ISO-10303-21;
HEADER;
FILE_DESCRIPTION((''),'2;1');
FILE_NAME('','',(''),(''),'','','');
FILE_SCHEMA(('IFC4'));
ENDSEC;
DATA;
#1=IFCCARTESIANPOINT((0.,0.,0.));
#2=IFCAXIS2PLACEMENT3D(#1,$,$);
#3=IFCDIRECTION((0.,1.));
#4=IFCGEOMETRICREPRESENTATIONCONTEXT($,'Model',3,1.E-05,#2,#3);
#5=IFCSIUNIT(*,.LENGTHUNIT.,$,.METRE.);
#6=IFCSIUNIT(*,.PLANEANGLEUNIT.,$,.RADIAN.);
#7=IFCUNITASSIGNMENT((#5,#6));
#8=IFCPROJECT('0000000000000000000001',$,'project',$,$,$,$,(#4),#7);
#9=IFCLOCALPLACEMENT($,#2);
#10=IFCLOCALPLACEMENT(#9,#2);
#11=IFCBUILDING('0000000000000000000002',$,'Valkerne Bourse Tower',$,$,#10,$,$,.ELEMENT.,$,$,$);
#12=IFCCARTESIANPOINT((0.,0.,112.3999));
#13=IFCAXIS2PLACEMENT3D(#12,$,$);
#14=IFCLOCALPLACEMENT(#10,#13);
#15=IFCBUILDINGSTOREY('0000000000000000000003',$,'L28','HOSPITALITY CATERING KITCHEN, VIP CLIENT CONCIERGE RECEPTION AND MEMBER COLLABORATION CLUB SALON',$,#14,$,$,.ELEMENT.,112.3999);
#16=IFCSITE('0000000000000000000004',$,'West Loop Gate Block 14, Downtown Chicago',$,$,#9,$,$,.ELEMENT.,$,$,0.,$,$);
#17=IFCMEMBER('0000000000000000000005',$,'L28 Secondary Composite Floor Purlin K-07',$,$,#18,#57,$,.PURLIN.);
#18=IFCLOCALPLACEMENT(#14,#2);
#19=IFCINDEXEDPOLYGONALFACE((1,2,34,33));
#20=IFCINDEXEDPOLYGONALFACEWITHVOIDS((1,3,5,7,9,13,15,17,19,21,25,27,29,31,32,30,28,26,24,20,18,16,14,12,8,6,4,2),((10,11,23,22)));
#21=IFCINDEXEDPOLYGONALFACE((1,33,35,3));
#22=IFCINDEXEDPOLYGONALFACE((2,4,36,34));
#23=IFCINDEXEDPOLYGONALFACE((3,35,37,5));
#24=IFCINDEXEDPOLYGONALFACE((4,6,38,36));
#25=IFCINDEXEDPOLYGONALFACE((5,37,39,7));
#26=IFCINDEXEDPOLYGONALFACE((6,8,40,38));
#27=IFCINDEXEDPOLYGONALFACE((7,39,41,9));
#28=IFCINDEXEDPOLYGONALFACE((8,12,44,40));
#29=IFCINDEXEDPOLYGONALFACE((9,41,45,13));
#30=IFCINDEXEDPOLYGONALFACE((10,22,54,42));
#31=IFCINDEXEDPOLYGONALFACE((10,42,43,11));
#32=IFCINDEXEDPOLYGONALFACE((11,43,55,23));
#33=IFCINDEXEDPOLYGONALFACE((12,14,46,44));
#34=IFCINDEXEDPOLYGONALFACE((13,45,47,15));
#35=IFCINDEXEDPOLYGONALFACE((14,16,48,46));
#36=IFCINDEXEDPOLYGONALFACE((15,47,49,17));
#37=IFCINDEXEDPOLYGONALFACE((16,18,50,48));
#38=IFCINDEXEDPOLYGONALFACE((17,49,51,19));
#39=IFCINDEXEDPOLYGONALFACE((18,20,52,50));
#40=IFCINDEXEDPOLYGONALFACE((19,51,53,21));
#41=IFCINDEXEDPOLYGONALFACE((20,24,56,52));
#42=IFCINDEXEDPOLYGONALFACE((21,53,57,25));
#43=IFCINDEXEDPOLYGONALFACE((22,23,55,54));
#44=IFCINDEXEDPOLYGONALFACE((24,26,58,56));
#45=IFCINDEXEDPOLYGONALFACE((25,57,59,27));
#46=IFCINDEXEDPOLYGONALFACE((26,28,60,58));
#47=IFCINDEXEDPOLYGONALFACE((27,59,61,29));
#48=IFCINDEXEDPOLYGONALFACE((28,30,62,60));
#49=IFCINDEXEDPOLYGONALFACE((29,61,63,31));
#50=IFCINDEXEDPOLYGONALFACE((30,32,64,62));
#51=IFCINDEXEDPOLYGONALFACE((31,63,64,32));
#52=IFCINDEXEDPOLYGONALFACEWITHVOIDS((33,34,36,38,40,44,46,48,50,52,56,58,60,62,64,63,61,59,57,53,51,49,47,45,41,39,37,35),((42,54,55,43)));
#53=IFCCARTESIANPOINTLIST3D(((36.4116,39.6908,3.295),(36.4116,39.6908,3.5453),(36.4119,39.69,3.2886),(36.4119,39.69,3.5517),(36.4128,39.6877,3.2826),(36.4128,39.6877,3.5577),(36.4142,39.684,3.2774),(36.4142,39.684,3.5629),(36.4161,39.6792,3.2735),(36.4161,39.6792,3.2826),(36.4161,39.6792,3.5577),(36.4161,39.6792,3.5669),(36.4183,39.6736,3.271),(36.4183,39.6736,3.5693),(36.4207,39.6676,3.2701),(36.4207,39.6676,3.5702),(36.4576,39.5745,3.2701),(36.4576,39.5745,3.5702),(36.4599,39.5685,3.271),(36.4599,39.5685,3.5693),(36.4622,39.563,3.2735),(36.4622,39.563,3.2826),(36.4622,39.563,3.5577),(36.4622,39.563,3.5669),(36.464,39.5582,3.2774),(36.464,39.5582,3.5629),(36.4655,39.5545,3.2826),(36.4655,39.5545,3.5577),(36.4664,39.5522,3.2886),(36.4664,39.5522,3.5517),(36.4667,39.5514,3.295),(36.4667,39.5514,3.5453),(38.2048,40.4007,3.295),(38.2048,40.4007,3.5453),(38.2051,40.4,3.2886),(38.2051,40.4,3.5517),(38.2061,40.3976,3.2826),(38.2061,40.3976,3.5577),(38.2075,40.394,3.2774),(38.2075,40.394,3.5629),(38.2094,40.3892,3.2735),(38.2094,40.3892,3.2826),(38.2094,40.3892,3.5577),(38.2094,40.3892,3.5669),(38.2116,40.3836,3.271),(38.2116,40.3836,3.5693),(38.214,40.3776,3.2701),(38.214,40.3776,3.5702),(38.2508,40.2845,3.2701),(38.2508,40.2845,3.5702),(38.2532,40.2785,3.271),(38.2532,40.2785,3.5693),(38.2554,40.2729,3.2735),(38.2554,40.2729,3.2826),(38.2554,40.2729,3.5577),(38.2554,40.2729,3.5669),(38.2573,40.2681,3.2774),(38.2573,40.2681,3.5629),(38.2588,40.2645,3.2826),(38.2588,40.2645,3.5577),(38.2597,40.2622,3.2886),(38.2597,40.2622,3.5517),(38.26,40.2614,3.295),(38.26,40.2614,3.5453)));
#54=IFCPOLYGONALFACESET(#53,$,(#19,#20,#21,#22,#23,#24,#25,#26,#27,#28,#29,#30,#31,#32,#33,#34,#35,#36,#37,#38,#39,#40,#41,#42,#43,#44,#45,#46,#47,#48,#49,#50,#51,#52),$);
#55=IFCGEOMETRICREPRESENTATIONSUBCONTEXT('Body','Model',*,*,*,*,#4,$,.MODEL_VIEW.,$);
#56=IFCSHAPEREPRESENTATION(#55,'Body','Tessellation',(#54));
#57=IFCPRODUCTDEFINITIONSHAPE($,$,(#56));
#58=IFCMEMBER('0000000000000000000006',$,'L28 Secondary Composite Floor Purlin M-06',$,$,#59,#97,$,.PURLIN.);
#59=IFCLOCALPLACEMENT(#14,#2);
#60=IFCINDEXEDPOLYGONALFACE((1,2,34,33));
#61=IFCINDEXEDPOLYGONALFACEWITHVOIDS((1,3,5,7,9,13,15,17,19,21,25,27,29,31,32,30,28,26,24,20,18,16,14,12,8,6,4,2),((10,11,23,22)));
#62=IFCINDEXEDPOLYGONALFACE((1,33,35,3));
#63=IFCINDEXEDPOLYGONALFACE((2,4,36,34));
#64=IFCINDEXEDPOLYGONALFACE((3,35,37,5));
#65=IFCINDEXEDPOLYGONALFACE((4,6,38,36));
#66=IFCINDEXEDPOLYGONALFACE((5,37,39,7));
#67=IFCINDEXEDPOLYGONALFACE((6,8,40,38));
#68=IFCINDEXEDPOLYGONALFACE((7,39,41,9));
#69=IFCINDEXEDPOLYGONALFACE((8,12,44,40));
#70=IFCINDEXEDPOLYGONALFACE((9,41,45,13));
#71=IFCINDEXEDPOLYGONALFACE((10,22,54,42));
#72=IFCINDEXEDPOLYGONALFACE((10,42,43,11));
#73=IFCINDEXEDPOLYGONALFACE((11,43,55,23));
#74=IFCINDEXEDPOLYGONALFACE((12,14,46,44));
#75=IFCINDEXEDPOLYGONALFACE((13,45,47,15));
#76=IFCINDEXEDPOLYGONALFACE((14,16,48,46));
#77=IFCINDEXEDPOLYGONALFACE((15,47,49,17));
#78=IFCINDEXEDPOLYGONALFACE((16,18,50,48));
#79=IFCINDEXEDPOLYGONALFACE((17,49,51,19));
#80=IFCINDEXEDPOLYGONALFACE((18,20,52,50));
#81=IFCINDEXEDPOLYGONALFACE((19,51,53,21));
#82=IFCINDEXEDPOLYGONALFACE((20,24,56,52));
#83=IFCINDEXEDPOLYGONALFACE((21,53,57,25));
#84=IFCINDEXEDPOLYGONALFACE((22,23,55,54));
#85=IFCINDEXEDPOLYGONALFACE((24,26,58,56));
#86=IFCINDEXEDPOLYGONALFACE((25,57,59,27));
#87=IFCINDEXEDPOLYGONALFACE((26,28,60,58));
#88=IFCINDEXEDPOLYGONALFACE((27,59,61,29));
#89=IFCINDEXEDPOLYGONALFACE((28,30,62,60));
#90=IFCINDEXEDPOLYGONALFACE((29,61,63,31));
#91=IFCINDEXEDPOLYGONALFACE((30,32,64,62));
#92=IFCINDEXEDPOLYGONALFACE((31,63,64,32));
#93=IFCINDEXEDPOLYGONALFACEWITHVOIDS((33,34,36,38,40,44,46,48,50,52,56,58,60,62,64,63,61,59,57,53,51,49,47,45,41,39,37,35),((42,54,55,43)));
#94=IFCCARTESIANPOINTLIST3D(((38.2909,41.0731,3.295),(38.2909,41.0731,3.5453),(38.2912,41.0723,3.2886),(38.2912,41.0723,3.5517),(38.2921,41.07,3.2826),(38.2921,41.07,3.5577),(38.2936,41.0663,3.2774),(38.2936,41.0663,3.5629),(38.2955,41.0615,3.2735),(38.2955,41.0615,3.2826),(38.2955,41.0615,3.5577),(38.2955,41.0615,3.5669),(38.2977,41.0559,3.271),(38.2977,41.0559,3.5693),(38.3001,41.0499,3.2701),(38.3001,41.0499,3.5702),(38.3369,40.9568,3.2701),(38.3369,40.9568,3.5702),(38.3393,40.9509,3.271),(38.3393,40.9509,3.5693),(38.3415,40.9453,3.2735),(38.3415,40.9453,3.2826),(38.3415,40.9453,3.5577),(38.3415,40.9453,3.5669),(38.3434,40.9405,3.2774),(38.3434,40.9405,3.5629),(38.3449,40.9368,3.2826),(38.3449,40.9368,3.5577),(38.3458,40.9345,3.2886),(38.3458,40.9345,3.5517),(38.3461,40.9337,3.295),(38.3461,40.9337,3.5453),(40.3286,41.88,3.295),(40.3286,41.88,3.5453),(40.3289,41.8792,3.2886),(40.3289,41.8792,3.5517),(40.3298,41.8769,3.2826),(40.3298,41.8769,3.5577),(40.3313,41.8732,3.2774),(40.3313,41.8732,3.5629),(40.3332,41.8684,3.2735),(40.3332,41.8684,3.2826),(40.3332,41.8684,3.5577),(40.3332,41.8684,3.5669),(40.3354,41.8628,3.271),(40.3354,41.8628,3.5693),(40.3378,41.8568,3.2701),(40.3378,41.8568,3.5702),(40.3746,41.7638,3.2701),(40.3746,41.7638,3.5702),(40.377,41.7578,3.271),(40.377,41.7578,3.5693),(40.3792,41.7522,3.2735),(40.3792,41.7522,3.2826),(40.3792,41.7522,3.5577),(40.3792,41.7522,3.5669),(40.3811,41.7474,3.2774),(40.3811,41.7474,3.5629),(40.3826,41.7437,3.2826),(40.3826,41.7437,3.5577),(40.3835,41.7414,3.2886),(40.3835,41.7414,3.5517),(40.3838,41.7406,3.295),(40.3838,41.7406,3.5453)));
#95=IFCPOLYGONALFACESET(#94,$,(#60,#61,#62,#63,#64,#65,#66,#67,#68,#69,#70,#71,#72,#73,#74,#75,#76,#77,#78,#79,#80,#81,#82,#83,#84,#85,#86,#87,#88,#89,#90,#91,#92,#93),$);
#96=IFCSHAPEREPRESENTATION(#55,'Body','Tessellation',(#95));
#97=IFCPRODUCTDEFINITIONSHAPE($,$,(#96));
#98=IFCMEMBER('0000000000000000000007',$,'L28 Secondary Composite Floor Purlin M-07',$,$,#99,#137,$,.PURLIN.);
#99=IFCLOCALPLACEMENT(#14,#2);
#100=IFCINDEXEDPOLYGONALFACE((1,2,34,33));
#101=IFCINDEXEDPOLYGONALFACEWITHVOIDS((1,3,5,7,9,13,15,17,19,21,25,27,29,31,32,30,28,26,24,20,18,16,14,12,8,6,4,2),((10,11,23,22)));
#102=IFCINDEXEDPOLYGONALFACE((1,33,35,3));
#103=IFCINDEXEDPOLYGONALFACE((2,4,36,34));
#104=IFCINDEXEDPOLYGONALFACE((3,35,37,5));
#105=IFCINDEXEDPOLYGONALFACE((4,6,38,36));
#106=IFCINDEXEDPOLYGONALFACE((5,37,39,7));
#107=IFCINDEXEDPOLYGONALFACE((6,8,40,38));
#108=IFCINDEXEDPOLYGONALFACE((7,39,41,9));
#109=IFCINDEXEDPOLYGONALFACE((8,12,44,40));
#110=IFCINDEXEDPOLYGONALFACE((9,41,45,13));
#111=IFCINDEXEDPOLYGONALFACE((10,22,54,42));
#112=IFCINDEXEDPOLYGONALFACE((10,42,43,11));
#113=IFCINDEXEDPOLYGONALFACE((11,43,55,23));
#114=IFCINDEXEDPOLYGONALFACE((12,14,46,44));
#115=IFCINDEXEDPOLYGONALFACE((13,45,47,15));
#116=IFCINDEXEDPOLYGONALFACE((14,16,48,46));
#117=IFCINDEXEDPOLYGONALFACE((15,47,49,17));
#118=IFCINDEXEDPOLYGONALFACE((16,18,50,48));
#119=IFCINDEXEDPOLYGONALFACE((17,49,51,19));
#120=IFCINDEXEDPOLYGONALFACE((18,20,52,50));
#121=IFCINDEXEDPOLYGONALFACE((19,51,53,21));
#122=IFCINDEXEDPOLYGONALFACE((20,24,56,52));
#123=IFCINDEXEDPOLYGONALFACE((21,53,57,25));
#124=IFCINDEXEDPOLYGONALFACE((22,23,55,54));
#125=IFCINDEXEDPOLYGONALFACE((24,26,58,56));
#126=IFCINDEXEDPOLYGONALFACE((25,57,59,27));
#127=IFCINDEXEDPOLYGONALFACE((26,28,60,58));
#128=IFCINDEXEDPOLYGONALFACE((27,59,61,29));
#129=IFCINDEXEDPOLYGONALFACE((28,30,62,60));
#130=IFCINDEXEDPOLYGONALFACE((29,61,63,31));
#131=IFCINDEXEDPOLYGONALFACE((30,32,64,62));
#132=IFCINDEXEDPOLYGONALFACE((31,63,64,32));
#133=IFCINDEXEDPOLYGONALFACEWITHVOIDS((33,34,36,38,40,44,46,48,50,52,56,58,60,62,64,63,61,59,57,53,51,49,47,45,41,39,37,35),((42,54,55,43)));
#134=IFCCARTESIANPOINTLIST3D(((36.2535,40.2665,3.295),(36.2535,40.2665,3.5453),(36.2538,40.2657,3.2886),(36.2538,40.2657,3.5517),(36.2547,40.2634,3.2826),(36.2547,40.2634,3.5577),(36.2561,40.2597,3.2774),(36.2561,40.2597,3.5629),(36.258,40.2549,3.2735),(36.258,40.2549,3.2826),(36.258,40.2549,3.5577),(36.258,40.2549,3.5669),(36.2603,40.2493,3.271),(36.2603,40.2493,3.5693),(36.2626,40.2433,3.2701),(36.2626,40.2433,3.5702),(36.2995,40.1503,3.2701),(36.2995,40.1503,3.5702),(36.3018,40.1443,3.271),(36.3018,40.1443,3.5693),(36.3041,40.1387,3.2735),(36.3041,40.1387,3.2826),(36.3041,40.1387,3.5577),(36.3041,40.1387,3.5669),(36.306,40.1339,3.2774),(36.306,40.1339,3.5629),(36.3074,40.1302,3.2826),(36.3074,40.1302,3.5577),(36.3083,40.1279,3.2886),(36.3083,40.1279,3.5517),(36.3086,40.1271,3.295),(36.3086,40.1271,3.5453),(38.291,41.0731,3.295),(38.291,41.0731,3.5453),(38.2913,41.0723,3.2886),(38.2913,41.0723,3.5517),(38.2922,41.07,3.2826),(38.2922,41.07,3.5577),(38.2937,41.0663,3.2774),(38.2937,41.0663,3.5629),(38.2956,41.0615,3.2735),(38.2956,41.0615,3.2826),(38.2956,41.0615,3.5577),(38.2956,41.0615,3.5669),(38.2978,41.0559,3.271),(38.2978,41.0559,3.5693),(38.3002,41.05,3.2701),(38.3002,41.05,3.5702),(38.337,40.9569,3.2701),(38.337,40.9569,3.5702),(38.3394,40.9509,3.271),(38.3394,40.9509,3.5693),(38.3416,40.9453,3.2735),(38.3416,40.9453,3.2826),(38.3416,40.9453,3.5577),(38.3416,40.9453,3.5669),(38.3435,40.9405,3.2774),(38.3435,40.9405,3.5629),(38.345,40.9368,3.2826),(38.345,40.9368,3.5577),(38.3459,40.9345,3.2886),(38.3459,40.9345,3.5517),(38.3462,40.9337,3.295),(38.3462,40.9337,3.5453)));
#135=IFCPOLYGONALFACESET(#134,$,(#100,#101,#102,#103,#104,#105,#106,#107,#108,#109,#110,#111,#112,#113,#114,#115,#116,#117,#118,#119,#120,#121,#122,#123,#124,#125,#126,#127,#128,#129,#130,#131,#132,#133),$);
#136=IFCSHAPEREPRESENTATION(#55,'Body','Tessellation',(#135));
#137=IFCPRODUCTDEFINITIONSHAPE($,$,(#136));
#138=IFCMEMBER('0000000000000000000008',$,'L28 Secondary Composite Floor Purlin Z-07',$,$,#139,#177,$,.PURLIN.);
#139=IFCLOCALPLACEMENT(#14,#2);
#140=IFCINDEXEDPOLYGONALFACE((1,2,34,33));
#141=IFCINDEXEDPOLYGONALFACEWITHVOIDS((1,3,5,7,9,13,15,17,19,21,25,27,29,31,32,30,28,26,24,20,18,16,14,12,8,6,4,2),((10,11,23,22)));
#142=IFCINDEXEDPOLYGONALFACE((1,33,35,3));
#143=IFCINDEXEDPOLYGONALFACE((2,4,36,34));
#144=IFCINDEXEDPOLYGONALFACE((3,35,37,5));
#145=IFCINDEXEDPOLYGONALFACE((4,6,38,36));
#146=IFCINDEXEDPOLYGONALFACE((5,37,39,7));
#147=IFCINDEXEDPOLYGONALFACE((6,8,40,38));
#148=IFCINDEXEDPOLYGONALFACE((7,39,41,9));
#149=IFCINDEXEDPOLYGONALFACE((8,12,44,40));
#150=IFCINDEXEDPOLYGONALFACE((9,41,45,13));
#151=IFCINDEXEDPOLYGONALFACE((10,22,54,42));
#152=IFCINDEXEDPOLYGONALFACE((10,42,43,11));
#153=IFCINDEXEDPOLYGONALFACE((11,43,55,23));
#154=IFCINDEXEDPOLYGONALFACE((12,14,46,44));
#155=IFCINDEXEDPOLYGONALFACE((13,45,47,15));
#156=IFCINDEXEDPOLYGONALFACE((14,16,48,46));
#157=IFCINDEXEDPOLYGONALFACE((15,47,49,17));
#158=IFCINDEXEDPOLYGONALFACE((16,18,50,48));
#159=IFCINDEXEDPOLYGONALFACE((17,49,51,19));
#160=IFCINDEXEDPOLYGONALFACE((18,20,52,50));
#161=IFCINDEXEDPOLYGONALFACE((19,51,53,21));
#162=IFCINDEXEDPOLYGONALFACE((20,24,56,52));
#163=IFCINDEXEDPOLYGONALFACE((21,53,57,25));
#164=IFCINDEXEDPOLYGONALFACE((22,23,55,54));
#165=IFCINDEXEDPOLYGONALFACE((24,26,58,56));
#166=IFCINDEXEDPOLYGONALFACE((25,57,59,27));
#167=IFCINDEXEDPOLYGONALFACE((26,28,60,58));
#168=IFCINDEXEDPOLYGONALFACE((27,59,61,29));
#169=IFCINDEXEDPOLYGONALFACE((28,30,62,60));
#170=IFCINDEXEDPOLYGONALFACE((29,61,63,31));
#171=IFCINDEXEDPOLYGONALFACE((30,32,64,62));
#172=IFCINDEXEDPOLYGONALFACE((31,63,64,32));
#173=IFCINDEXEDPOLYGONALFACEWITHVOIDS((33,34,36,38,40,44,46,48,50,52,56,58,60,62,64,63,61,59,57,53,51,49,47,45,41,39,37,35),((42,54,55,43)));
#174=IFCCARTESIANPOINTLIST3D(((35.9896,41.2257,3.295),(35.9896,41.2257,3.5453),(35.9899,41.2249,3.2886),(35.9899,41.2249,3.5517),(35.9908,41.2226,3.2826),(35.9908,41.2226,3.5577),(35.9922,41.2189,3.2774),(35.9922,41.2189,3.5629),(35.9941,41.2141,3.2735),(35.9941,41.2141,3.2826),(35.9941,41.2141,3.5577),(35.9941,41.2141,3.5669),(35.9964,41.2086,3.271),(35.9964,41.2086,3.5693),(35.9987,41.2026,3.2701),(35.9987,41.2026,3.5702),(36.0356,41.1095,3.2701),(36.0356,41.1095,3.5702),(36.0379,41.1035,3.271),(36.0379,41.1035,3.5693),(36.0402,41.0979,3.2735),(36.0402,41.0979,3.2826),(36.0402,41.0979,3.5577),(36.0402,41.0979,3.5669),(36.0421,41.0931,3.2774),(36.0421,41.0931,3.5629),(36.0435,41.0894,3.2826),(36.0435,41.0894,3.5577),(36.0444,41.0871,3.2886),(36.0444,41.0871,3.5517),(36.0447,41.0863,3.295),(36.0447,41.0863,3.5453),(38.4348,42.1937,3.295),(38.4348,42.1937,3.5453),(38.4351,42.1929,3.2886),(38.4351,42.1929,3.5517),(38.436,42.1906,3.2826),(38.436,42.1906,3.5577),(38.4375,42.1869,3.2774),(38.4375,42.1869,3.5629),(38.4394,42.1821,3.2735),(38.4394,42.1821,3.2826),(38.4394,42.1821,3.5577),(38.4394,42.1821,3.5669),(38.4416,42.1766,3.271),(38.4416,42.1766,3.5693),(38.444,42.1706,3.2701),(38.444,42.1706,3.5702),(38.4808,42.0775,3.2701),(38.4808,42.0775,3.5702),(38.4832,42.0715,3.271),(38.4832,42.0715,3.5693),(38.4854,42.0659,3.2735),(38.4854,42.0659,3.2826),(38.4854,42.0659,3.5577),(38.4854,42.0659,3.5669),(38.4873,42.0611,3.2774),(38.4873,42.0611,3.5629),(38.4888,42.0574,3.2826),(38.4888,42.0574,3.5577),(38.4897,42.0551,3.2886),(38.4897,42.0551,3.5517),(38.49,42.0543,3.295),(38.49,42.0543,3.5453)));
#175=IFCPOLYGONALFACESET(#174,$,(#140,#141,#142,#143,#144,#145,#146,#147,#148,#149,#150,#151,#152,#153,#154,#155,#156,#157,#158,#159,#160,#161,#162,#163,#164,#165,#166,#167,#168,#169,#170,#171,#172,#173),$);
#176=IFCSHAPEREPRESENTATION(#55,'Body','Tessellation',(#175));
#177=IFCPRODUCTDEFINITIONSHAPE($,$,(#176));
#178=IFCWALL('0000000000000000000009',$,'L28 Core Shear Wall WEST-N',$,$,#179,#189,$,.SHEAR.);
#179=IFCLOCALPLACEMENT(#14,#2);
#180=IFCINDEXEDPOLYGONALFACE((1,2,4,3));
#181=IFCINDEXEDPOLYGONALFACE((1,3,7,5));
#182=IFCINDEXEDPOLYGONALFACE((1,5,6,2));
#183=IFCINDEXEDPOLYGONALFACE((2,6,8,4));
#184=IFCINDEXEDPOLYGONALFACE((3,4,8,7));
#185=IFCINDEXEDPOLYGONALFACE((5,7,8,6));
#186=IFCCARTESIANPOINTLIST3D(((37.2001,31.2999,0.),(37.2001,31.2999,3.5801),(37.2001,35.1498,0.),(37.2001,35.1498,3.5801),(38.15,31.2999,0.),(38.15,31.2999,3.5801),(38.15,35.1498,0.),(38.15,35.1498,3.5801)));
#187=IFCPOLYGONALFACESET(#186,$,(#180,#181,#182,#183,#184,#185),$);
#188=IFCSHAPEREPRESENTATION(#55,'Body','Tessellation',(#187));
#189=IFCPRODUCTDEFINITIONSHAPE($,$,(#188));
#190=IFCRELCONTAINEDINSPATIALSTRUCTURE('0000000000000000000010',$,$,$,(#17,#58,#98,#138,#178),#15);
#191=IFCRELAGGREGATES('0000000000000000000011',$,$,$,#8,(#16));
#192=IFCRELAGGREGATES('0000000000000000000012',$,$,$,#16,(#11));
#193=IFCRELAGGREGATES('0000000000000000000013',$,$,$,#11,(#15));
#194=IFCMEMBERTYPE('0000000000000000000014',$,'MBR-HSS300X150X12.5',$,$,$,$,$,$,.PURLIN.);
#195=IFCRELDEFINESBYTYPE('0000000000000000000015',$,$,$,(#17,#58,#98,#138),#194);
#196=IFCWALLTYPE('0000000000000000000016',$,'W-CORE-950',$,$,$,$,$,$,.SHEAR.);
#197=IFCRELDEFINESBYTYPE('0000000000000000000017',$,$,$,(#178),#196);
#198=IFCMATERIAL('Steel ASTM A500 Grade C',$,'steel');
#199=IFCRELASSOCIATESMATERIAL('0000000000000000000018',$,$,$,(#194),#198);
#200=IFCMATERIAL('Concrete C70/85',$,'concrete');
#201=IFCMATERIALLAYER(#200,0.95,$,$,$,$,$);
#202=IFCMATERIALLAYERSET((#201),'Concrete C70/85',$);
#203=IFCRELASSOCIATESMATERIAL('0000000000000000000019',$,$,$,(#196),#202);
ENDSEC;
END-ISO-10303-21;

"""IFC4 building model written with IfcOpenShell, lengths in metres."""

from ifc_helpers import new_model, si_unit, direction, frame, frame_2d, origin, origin_2d, place, context, subcontext, project, spatial, rectangle, hollow_rectangle, extrude, material, layer, layer_set, material_profile, profile_set, type_object, element, save


model = new_model("IFC4")

# Units and contexts
model_context = context("Model", 3, precision=1e-05, world=origin(), true_north=direction((0.0, 1.0)))
body_context = subcontext(model_context, "Body", "Model", "MODEL_VIEW")
ifc_project = project(units=[si_unit("LENGTHUNIT", "METRE"), si_unit("PLANEANGLEUNIT", "RADIAN")], contexts=[model_context])

# Site, building, storey
site_placement = place(None, origin())
site = spatial("IfcSite", under=ifc_project, at=site_placement, Name="West Loop Gate Block 14, Downtown Chicago", CompositionType="ELEMENT", RefElevation=0.0)
building_placement = place(site_placement, origin())
building = spatial("IfcBuilding", under=site, at=building_placement, Name="Valkerne Bourse Tower", CompositionType="ELEMENT")
storey_placement = place(building_placement, frame((0.0, 0.0, 112.3999)))
storey = spatial("IfcBuildingStorey", under=building, at=storey_placement, Name="L28", Description="HOSPITALITY CATERING KITCHEN, VIP CLIENT CONCIERGE RECEPTION AND MEMBER COLLABORATION CLUB SALON", CompositionType="ELEMENT", Elevation=112.3999)

# Members
ifc_material_1 = material(Name="Steel ASTM A500 Grade C", Category="steel")
ifc_material_profile_1 = material_profile(ifc_material_1, hollow_rectangle(XDim=0.1499, YDim=0.3, WallThickness=0.0125, OuterFilletRadius=0.0249, at=origin_2d()), Name="HSS300X150X12.5")
ifc_profile_set_1 = profile_set([ifc_material_profile_1], Name="Steel ASTM A500 Grade C")
member_type = type_object("IfcMemberType", Name="MBR-HSS300X150X12.5", PredefinedType="PURLIN", material=ifc_profile_set_1)
member_1_placement = place(storey_placement, frame((38.2324, 40.3311, 3.4202), z_axis=(-0.92978, -0.368115, 0.0), x_axis=(0.368115, -0.92978, 0.0)))
element("IfcMember", 1, at=member_1_placement, inside=storey, type_object=member_type, Name="L28 Secondary Composite Floor Purlin K-07", PredefinedType="PURLIN", context=body_context, shape_type="SweptSolid", body=[
    extrude(hollow_rectangle(XDim=0.1499, YDim=0.3, WallThickness=0.0125, OuterFilletRadius=0.0249, at=origin_2d()), origin(), (0.0, 0.0, 1.0), 1.9287),
])
member_2_placement = place(storey_placement, frame((40.3562, 41.8103, 3.4202), z_axis=(-0.929754, -0.368181, 0.0), x_axis=(0.368181, -0.929754, 0.0)))
element("IfcMember", 2, at=member_2_placement, inside=storey, type_object=member_type, Name="L28 Secondary Composite Floor Purlin M-06", PredefinedType="PURLIN", context=body_context, shape_type="SweptSolid", body=[
    extrude(hollow_rectangle(XDim=0.1499, YDim=0.3, WallThickness=0.0125, OuterFilletRadius=0.0249, at=origin_2d()), origin(), (0.0, 0.0, 1.0), 2.1917),
])
member_3_placement = place(storey_placement, frame((38.3186, 41.0034, 3.4202), z_axis=(-0.929792, -0.368085, 0.0), x_axis=(0.368085, -0.929792, 0.0)))
element("IfcMember", 3, at=member_3_placement, inside=storey, type_object=member_type, Name="L28 Secondary Composite Floor Purlin M-07", PredefinedType="PURLIN", context=body_context, shape_type="SweptSolid", body=[
    extrude(hollow_rectangle(XDim=0.1499, YDim=0.3, WallThickness=0.0125, OuterFilletRadius=0.0249, at=origin_2d()), origin(), (0.0, 0.0, 1.0), 2.1914),
])
member_4_placement = place(storey_placement, frame((38.4624, 42.124, 3.4202), z_axis=(-0.929796, -0.368075, 0.0), x_axis=(0.368075, -0.929796, 0.0)))
element("IfcMember", 4, at=member_4_placement, inside=storey, type_object=member_type, Name="L28 Secondary Composite Floor Purlin Z-07", PredefinedType="PURLIN", context=body_context, shape_type="SweptSolid", body=[
    extrude(hollow_rectangle(XDim=0.1499, YDim=0.3, WallThickness=0.0125, OuterFilletRadius=0.0249, at=origin_2d()), origin(), (0.0, 0.0, 1.0), 2.6299),
])

# Wall
ifc_material_2 = material(Name="Concrete C70/85", Category="concrete")
ifc_layer_1 = layer(ifc_material_2, 0.95)
ifc_layer_set_1 = layer_set([ifc_layer_1], Name="Concrete C70/85")
wall_type_1 = type_object("IfcWallType", Name="W-CORE-950", PredefinedType="SHEAR", material=ifc_layer_set_1)
wall_1_placement = place(storey_placement, frame((37.675, 31.3, 0.0), z_axis=(0.0, 0.0, 1.0), x_axis=(0.0, 1.0, 0.0)))
element("IfcWall", 5, at=wall_1_placement, inside=storey, type_object=wall_type_1, Name="L28 Core Shear Wall WEST-N", PredefinedType="SHEAR", context=body_context, shape_type="SweptSolid", body=[
    extrude(rectangle(XDim=3.8499, YDim=0.95, at=frame_2d((1.9248, 0.0))), origin(), (0.0, 0.0, 1.0), 3.5801),
])

save(model, "model.ifc")
